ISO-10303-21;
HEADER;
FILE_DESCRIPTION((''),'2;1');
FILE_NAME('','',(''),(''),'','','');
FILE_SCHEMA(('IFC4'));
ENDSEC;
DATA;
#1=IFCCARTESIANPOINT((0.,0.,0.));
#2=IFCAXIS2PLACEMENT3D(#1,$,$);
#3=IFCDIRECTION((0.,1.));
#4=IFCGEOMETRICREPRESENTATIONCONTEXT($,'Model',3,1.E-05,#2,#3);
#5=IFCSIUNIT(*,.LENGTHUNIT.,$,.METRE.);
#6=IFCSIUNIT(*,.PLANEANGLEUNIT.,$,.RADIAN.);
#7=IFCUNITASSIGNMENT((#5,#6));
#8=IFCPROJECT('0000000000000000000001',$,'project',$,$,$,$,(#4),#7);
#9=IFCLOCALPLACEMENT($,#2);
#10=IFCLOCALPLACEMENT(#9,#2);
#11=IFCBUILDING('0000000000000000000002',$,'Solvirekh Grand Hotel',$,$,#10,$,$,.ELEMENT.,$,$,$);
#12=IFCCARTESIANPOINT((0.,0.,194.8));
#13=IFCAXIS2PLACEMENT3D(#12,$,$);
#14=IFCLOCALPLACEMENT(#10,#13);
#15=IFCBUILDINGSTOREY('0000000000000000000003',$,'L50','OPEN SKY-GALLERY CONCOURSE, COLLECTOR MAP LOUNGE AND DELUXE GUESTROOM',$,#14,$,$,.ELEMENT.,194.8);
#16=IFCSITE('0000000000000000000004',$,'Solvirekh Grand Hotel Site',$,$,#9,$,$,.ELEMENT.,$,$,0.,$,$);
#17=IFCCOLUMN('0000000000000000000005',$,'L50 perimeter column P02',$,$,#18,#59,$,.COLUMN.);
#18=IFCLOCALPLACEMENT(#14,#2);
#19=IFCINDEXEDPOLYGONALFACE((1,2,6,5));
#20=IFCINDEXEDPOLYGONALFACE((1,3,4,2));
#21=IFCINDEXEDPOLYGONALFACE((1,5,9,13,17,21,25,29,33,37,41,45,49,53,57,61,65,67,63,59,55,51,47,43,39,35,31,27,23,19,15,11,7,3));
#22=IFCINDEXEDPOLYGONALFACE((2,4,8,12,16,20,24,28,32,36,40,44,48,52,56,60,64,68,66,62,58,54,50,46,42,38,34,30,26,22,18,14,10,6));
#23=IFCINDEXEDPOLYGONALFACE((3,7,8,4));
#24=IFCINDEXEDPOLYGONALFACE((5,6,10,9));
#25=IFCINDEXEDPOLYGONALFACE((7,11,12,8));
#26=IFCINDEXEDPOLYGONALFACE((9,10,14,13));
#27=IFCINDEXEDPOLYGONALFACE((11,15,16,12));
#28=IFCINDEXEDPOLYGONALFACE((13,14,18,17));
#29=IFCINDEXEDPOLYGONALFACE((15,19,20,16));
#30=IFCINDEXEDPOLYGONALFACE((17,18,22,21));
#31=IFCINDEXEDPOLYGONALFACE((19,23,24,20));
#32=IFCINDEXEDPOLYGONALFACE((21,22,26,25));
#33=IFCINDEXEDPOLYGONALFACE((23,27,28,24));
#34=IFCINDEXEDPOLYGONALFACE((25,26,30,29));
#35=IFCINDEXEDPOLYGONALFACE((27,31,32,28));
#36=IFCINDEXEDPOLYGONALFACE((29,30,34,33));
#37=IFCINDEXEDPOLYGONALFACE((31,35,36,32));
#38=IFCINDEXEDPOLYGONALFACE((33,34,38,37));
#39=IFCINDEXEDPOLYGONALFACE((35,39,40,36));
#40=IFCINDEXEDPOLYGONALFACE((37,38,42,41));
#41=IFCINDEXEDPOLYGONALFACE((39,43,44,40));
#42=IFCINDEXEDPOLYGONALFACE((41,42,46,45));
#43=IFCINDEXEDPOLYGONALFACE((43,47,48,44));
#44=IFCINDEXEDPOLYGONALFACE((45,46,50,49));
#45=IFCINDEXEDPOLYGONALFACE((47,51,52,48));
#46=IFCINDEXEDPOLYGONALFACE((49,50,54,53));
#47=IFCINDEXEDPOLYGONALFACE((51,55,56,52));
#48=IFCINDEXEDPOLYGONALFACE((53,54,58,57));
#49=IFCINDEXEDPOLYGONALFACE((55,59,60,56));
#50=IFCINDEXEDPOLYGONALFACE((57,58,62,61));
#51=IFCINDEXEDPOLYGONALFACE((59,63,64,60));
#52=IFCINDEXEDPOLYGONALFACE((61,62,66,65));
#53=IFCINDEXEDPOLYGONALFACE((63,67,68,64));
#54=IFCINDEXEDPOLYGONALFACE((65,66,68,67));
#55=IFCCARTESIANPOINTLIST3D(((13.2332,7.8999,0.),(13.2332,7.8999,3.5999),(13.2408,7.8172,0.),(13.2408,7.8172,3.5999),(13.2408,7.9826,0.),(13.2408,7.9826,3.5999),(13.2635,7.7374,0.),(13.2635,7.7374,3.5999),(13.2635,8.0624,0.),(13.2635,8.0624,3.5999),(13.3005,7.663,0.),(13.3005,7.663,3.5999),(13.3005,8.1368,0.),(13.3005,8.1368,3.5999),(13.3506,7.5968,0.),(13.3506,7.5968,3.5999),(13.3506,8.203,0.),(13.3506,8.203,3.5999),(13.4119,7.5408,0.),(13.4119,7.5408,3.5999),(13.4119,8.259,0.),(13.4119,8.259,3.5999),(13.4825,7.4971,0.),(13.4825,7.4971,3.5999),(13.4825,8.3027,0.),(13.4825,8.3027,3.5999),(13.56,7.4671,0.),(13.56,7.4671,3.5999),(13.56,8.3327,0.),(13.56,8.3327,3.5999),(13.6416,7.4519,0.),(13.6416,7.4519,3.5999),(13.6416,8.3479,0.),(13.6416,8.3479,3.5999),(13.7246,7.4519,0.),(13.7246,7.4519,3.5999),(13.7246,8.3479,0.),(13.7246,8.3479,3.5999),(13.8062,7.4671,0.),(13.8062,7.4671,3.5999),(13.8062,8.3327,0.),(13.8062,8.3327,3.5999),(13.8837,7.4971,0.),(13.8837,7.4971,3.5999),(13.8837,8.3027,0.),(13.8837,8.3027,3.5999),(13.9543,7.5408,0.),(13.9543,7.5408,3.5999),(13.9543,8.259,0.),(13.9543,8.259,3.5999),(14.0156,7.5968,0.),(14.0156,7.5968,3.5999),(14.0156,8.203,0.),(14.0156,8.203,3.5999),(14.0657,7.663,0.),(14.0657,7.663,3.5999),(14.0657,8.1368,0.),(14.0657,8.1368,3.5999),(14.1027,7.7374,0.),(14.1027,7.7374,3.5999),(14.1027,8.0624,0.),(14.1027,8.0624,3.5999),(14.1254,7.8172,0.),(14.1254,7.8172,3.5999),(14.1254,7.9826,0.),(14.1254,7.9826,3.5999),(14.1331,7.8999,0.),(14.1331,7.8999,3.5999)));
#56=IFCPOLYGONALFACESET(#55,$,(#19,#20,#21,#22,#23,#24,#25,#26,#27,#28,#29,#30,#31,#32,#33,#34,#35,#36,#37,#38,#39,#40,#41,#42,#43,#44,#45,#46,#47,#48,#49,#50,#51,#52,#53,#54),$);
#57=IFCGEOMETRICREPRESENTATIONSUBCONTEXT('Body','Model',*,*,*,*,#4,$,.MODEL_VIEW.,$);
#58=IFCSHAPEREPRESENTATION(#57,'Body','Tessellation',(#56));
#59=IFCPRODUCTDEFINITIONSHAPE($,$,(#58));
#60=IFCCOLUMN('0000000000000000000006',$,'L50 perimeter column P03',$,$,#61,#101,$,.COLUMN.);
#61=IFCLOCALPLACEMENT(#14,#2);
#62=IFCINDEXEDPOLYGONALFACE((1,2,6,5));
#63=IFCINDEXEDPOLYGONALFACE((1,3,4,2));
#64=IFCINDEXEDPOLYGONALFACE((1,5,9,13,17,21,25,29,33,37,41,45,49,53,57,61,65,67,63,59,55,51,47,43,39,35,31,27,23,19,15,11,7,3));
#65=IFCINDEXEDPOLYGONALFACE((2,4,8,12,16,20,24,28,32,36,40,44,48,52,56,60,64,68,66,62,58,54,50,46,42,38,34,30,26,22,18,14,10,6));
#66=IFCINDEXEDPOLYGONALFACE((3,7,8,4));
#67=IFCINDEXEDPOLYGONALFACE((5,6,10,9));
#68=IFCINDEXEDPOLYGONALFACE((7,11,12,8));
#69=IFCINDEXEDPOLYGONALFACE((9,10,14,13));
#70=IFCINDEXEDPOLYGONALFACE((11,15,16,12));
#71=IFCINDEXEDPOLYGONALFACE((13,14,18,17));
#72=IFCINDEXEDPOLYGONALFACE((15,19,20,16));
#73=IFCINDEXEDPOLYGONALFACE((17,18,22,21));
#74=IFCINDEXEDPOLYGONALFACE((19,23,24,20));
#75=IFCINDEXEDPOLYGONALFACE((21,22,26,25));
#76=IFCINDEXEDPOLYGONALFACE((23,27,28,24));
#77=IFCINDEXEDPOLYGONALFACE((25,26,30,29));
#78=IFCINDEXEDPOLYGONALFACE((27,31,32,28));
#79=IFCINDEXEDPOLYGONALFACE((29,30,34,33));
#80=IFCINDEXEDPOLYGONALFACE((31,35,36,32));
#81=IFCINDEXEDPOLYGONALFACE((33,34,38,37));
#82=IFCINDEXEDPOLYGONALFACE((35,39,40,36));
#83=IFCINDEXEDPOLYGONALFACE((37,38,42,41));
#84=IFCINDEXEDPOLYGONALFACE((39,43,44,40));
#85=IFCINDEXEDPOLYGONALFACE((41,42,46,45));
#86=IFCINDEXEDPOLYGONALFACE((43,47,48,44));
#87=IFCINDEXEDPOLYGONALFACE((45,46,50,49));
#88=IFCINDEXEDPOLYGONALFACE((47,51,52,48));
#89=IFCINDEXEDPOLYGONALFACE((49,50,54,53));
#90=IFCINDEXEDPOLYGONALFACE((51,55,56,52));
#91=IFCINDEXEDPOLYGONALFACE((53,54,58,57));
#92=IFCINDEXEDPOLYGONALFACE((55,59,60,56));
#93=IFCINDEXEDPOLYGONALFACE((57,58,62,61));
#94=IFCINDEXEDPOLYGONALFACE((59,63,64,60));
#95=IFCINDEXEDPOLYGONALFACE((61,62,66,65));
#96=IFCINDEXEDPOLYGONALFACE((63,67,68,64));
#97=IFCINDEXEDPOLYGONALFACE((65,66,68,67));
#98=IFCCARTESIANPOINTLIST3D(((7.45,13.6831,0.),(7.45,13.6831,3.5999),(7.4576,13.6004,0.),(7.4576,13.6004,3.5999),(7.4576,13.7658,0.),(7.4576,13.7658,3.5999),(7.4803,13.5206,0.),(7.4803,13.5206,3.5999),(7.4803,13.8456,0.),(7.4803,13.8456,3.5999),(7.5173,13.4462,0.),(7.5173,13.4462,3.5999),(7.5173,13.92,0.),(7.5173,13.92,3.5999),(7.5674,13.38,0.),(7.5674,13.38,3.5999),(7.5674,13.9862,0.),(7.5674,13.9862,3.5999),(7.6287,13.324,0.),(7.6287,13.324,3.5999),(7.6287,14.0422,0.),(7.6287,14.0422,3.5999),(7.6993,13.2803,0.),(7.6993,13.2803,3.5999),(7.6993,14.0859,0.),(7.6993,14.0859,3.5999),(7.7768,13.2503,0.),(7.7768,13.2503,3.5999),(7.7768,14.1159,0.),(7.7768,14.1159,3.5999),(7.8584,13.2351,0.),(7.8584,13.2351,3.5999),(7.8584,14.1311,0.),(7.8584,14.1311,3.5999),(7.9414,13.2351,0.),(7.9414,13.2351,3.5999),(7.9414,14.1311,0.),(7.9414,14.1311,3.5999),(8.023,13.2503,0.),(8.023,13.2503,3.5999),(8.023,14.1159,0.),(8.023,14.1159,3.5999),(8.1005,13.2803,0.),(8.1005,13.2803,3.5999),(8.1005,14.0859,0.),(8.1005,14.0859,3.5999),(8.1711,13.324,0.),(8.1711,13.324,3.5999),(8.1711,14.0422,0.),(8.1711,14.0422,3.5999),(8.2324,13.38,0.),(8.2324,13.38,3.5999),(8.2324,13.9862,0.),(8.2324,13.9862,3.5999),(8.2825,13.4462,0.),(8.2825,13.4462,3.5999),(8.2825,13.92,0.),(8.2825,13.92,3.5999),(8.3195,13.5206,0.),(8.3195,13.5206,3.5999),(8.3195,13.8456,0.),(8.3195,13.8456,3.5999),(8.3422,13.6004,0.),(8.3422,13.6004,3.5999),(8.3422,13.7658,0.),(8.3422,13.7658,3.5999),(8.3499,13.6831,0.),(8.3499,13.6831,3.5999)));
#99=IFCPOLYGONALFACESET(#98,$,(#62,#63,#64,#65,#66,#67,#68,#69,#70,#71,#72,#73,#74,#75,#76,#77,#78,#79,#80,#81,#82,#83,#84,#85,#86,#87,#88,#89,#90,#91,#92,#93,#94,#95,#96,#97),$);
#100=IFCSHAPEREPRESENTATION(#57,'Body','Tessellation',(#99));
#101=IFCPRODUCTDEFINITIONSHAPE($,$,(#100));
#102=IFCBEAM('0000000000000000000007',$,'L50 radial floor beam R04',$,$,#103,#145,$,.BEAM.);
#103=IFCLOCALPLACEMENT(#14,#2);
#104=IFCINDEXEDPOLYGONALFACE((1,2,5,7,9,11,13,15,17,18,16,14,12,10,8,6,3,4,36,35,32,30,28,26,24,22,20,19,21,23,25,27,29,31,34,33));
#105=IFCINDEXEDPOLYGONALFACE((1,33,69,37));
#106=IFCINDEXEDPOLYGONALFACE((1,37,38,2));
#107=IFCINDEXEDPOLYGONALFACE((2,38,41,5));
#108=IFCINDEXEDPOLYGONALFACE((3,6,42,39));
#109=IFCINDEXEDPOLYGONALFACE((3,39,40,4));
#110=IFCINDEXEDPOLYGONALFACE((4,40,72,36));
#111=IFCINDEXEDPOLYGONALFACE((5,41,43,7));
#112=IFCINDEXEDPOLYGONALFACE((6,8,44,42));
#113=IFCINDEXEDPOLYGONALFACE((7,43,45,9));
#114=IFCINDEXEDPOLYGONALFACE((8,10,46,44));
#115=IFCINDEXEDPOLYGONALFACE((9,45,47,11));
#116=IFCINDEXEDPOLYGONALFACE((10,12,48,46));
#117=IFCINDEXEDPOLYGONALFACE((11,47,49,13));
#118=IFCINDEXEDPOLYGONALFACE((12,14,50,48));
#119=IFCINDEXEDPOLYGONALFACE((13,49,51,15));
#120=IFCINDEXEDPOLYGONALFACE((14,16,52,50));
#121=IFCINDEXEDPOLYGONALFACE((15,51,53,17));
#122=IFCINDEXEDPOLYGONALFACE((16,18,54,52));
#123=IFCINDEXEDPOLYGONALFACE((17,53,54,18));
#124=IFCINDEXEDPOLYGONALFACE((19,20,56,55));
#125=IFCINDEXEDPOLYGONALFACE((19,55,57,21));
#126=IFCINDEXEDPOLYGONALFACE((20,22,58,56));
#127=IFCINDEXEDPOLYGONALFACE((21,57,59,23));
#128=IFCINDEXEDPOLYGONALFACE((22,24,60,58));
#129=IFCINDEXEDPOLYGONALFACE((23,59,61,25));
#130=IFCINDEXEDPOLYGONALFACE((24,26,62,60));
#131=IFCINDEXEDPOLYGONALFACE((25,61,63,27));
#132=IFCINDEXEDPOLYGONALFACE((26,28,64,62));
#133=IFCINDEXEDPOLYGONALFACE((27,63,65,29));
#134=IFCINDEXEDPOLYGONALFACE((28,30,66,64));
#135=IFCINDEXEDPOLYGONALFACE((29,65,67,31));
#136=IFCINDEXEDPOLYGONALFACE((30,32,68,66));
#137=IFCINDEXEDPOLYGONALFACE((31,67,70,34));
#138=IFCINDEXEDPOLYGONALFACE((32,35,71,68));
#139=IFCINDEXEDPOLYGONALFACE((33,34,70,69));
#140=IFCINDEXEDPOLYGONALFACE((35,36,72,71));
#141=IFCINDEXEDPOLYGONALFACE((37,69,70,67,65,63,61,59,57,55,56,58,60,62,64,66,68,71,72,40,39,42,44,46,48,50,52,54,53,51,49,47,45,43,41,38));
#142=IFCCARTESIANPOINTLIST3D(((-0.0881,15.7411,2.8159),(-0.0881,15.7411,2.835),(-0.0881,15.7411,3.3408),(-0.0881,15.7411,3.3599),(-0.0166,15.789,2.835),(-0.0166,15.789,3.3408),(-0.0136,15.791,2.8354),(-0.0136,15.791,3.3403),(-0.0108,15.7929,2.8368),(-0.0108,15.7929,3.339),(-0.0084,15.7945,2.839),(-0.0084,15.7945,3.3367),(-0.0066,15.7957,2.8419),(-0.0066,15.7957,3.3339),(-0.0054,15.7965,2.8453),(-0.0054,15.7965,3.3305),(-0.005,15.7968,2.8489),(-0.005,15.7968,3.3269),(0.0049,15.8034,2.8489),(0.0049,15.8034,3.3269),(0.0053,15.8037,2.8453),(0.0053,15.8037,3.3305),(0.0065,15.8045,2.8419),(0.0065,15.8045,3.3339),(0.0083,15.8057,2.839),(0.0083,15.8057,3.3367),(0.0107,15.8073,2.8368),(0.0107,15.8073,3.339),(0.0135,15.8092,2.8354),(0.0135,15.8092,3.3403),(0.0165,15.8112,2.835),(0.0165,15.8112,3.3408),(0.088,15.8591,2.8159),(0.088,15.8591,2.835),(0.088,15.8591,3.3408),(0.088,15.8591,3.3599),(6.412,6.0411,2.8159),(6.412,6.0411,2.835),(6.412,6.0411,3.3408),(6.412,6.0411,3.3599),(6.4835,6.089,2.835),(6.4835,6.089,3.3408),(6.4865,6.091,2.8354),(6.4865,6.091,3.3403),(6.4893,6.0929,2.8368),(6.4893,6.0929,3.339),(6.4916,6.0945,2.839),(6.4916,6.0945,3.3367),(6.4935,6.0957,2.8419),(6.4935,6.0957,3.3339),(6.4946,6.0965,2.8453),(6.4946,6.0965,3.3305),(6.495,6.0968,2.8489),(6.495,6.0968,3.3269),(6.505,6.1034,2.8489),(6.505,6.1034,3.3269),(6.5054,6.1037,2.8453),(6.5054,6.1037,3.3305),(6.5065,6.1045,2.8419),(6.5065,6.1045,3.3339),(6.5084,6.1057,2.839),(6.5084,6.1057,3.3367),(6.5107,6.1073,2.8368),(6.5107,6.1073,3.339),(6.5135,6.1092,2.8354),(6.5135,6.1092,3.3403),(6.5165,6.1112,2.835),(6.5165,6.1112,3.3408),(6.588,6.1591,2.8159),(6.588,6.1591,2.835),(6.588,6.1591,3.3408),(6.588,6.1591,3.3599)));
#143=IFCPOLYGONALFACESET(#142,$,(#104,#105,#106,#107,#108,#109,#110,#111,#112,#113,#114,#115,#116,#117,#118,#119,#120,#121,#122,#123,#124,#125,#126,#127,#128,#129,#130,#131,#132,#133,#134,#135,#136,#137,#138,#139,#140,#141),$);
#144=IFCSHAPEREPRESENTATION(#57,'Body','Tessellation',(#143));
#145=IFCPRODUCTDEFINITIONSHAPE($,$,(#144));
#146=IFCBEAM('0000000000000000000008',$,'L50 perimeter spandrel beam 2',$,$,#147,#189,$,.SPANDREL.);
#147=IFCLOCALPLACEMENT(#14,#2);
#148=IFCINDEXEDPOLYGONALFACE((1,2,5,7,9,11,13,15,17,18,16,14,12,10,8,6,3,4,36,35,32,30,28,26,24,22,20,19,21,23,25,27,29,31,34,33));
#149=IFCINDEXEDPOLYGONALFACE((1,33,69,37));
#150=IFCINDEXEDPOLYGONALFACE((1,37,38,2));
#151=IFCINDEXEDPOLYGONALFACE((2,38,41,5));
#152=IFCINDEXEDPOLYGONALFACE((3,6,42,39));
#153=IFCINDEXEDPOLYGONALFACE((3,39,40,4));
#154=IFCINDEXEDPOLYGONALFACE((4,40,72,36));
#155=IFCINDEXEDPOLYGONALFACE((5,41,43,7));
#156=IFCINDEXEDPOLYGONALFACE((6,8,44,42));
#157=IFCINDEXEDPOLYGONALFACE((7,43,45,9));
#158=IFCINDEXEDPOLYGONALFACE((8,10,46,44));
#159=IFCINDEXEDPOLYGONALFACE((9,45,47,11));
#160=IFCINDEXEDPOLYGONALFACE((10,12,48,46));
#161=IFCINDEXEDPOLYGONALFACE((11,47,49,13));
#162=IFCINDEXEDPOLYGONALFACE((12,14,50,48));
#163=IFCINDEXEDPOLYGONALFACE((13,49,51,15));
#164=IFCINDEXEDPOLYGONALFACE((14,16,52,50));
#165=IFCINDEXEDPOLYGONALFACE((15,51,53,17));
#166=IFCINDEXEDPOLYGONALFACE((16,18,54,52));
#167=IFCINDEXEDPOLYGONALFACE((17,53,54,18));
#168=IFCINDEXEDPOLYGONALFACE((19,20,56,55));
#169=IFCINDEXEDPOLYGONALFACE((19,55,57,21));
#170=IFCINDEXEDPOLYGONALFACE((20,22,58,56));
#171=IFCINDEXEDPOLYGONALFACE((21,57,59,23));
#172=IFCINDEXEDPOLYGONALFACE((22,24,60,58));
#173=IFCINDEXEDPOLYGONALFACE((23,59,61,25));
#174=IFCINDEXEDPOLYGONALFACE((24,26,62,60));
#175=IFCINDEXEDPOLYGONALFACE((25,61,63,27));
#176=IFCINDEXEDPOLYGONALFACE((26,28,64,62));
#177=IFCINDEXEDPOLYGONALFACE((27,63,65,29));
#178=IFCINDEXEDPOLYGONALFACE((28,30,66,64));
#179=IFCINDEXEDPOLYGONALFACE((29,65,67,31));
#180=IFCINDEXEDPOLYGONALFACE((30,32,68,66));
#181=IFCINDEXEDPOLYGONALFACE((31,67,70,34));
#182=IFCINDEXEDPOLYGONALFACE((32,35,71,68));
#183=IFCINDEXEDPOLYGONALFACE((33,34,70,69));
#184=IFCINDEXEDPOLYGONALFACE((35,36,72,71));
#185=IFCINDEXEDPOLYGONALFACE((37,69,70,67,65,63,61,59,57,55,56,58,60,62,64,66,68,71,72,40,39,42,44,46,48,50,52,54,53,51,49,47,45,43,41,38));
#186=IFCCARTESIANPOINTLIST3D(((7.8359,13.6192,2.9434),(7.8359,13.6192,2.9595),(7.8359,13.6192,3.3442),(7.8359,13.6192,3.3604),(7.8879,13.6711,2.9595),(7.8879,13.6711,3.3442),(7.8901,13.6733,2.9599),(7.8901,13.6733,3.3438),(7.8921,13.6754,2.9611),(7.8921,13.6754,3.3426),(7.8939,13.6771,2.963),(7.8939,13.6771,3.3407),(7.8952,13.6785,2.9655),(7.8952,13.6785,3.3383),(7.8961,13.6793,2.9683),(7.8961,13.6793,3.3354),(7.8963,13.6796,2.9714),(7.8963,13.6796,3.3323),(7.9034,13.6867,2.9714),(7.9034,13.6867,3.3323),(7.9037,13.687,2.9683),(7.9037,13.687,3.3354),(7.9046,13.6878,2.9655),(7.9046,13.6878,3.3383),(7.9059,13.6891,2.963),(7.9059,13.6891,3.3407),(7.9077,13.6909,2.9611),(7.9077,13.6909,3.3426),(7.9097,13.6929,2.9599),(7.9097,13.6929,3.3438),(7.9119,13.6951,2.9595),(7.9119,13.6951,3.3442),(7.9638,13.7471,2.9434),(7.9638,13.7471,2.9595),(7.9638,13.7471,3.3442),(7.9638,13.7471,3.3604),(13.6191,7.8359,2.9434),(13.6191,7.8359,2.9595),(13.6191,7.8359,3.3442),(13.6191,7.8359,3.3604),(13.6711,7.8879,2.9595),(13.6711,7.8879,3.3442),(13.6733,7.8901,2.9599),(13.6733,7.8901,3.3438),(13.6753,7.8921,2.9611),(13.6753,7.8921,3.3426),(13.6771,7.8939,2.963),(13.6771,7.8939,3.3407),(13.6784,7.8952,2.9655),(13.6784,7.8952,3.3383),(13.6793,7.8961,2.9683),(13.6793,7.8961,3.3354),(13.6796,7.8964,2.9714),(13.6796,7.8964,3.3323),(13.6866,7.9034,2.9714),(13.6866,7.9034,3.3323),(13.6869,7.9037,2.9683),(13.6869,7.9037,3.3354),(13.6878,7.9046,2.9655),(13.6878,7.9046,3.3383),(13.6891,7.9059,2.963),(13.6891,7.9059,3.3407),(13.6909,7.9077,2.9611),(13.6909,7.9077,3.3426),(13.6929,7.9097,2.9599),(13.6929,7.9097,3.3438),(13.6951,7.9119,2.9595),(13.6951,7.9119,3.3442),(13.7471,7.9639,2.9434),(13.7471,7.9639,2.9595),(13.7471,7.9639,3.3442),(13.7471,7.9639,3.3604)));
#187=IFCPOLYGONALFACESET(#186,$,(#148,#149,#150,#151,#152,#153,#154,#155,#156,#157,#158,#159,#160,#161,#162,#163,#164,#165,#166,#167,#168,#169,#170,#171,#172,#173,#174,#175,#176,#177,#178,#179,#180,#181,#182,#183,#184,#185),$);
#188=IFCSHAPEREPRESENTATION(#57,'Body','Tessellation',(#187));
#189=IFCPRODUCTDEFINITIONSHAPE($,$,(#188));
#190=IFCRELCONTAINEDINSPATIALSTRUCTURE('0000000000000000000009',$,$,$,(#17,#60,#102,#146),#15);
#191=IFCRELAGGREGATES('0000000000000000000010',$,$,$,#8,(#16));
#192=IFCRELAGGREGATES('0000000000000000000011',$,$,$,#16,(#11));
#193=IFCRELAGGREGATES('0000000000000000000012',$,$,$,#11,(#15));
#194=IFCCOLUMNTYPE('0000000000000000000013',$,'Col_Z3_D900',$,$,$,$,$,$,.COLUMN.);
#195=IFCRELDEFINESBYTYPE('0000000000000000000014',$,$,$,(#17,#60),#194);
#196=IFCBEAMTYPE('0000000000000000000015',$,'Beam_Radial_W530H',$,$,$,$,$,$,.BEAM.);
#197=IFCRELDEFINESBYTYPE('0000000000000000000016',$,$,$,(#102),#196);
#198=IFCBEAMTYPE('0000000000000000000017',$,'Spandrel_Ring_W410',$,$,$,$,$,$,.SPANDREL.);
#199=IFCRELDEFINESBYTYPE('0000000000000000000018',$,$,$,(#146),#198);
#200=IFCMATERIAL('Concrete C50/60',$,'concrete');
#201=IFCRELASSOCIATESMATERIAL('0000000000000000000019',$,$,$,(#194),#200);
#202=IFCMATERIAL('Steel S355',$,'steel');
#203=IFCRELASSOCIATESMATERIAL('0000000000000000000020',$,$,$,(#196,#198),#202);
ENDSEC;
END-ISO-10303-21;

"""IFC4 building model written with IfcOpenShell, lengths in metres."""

from ifc_helpers import new_model, si_unit, direction, frame, origin, origin_2d, place, context, subcontext, project, spatial, circle, i_section, extrude, material, material_profile, profile_set, type_object, element, save


model = new_model("IFC4")

# Units and contexts
model_context = context("Model", 3, precision=1e-05, world=origin(), true_north=direction((0.0, 1.0)))
body_context = subcontext(model_context, "Body", "Model", "MODEL_VIEW")
ifc_project = project(units=[si_unit("LENGTHUNIT", "METRE"), si_unit("PLANEANGLEUNIT", "RADIAN")], contexts=[model_context])

# Site, building, storey
site_placement = place(None, origin())
site = spatial("IfcSite", under=ifc_project, at=site_placement, Name="Solvirekh Grand Hotel Site", CompositionType="ELEMENT", RefElevation=0.0)
building_placement = place(site_placement, origin())
building = spatial("IfcBuilding", under=site, at=building_placement, Name="Solvirekh Grand Hotel", CompositionType="ELEMENT")
storey_placement = place(building_placement, frame((0.0, 0.0, 194.8)))
storey = spatial("IfcBuildingStorey", under=building, at=storey_placement, Name="L50", Description="OPEN SKY-GALLERY CONCOURSE, COLLECTOR MAP LOUNGE AND DELUXE GUESTROOM", CompositionType="ELEMENT", Elevation=194.8)

# Columns
ifc_material_1 = material(Name="Concrete C50/60", Category="concrete")
ifc_material_profile_1 = material_profile(ifc_material_1, circle(Radius=0.45, at=origin_2d()), Name="RC CIRC D900")
ifc_profile_set_1 = profile_set([ifc_material_profile_1], Name="Concrete C50/60")
column_type = type_object("IfcColumnType", Name="Col_Z3_D900", PredefinedType="COLUMN", material=ifc_profile_set_1)
for number, where, z_axis, x_axis, name in (
    (1, (13.6831, 7.8999, 0.0), (0.0, 0.0, 1.0), (1.0, 0.0, 0.0), "L50 perimeter column P02"),
    (2, (7.8999, 13.6831, 0.0), (0.0, 0.0, 1.0), (1.0, 0.0, 0.0), "L50 perimeter column P03"),
):
    element("IfcColumn", number, at=place(storey_placement, frame(where, z_axis=z_axis, x_axis=x_axis)), inside=storey, type_object=column_type, Name=name, PredefinedType="COLUMN", context=body_context, shape_type="SweptSolid", body=[
        extrude(circle(Radius=0.45, at=origin_2d()), origin(), (0.0, 0.0, 1.0), 3.5999),
    ])

# Beams
ifc_material_2 = material(Name="Steel S355", Category="steel")
ifc_material_profile_2 = material_profile(ifc_material_2, i_section(OverallWidth=0.2119, OverallDepth=0.5439, WebThickness=0.012, FlangeThickness=0.019, FilletRadius=0.0139, at=origin_2d()), Name="W530X123")
ifc_profile_set_2 = profile_set([ifc_material_profile_2], Name="Steel S355")
beam_type_1 = type_object("IfcBeamType", Name="Beam_Radial_W530H", PredefinedType="BEAM", material=ifc_profile_set_2)
beam_placement = place(storey_placement, frame((6.5, 6.1001, 3.0879), z_axis=(-0.556677, 0.830729, 0.0), x_axis=(-0.830729, -0.556677, 0.0)))
element("IfcBeam", 3, at=beam_placement, inside=storey, type_object=beam_type_1, Name="L50 radial floor beam R04", PredefinedType="BEAM", context=body_context, shape_type="SweptSolid", body=[
    extrude(i_section(OverallWidth=0.2119, OverallDepth=0.5439, WebThickness=0.012, FlangeThickness=0.019, FilletRadius=0.0139, at=origin_2d()), origin(), (0.0, 0.0, 1.0), 11.6765),
])
ifc_material_profile_3 = material_profile(ifc_material_2, i_section(OverallWidth=0.1809, OverallDepth=0.417, WebThickness=0.01, FlangeThickness=0.0161, FilletRadius=0.012, at=origin_2d()), Name="W410X85")
ifc_profile_set_3 = profile_set([ifc_material_profile_3], Name="Steel S355")
beam_type_2 = type_object("IfcBeamType", Name="Spandrel_Ring_W410", PredefinedType="SPANDREL", material=ifc_profile_set_3)
for number, where, z_axis, x_axis, name in (
    (4, (13.6831, 7.8999, 3.1519), (-0.707107, 0.707107, 0.0), (-0.707107, -0.707107, 0.0), "L50 perimeter spandrel beam 2"),
):
    element("IfcBeam", number, at=place(storey_placement, frame(where, z_axis=z_axis, x_axis=x_axis)), inside=storey, type_object=beam_type_2, Name=name, PredefinedType="SPANDREL", context=body_context, shape_type="SweptSolid", body=[
        extrude(i_section(OverallWidth=0.1809, OverallDepth=0.417, WebThickness=0.01, FlangeThickness=0.0161, FilletRadius=0.012, at=origin_2d()), origin(), (0.0, 0.0, 1.0), 8.1787),
    ])

save(model, "model.ifc")
